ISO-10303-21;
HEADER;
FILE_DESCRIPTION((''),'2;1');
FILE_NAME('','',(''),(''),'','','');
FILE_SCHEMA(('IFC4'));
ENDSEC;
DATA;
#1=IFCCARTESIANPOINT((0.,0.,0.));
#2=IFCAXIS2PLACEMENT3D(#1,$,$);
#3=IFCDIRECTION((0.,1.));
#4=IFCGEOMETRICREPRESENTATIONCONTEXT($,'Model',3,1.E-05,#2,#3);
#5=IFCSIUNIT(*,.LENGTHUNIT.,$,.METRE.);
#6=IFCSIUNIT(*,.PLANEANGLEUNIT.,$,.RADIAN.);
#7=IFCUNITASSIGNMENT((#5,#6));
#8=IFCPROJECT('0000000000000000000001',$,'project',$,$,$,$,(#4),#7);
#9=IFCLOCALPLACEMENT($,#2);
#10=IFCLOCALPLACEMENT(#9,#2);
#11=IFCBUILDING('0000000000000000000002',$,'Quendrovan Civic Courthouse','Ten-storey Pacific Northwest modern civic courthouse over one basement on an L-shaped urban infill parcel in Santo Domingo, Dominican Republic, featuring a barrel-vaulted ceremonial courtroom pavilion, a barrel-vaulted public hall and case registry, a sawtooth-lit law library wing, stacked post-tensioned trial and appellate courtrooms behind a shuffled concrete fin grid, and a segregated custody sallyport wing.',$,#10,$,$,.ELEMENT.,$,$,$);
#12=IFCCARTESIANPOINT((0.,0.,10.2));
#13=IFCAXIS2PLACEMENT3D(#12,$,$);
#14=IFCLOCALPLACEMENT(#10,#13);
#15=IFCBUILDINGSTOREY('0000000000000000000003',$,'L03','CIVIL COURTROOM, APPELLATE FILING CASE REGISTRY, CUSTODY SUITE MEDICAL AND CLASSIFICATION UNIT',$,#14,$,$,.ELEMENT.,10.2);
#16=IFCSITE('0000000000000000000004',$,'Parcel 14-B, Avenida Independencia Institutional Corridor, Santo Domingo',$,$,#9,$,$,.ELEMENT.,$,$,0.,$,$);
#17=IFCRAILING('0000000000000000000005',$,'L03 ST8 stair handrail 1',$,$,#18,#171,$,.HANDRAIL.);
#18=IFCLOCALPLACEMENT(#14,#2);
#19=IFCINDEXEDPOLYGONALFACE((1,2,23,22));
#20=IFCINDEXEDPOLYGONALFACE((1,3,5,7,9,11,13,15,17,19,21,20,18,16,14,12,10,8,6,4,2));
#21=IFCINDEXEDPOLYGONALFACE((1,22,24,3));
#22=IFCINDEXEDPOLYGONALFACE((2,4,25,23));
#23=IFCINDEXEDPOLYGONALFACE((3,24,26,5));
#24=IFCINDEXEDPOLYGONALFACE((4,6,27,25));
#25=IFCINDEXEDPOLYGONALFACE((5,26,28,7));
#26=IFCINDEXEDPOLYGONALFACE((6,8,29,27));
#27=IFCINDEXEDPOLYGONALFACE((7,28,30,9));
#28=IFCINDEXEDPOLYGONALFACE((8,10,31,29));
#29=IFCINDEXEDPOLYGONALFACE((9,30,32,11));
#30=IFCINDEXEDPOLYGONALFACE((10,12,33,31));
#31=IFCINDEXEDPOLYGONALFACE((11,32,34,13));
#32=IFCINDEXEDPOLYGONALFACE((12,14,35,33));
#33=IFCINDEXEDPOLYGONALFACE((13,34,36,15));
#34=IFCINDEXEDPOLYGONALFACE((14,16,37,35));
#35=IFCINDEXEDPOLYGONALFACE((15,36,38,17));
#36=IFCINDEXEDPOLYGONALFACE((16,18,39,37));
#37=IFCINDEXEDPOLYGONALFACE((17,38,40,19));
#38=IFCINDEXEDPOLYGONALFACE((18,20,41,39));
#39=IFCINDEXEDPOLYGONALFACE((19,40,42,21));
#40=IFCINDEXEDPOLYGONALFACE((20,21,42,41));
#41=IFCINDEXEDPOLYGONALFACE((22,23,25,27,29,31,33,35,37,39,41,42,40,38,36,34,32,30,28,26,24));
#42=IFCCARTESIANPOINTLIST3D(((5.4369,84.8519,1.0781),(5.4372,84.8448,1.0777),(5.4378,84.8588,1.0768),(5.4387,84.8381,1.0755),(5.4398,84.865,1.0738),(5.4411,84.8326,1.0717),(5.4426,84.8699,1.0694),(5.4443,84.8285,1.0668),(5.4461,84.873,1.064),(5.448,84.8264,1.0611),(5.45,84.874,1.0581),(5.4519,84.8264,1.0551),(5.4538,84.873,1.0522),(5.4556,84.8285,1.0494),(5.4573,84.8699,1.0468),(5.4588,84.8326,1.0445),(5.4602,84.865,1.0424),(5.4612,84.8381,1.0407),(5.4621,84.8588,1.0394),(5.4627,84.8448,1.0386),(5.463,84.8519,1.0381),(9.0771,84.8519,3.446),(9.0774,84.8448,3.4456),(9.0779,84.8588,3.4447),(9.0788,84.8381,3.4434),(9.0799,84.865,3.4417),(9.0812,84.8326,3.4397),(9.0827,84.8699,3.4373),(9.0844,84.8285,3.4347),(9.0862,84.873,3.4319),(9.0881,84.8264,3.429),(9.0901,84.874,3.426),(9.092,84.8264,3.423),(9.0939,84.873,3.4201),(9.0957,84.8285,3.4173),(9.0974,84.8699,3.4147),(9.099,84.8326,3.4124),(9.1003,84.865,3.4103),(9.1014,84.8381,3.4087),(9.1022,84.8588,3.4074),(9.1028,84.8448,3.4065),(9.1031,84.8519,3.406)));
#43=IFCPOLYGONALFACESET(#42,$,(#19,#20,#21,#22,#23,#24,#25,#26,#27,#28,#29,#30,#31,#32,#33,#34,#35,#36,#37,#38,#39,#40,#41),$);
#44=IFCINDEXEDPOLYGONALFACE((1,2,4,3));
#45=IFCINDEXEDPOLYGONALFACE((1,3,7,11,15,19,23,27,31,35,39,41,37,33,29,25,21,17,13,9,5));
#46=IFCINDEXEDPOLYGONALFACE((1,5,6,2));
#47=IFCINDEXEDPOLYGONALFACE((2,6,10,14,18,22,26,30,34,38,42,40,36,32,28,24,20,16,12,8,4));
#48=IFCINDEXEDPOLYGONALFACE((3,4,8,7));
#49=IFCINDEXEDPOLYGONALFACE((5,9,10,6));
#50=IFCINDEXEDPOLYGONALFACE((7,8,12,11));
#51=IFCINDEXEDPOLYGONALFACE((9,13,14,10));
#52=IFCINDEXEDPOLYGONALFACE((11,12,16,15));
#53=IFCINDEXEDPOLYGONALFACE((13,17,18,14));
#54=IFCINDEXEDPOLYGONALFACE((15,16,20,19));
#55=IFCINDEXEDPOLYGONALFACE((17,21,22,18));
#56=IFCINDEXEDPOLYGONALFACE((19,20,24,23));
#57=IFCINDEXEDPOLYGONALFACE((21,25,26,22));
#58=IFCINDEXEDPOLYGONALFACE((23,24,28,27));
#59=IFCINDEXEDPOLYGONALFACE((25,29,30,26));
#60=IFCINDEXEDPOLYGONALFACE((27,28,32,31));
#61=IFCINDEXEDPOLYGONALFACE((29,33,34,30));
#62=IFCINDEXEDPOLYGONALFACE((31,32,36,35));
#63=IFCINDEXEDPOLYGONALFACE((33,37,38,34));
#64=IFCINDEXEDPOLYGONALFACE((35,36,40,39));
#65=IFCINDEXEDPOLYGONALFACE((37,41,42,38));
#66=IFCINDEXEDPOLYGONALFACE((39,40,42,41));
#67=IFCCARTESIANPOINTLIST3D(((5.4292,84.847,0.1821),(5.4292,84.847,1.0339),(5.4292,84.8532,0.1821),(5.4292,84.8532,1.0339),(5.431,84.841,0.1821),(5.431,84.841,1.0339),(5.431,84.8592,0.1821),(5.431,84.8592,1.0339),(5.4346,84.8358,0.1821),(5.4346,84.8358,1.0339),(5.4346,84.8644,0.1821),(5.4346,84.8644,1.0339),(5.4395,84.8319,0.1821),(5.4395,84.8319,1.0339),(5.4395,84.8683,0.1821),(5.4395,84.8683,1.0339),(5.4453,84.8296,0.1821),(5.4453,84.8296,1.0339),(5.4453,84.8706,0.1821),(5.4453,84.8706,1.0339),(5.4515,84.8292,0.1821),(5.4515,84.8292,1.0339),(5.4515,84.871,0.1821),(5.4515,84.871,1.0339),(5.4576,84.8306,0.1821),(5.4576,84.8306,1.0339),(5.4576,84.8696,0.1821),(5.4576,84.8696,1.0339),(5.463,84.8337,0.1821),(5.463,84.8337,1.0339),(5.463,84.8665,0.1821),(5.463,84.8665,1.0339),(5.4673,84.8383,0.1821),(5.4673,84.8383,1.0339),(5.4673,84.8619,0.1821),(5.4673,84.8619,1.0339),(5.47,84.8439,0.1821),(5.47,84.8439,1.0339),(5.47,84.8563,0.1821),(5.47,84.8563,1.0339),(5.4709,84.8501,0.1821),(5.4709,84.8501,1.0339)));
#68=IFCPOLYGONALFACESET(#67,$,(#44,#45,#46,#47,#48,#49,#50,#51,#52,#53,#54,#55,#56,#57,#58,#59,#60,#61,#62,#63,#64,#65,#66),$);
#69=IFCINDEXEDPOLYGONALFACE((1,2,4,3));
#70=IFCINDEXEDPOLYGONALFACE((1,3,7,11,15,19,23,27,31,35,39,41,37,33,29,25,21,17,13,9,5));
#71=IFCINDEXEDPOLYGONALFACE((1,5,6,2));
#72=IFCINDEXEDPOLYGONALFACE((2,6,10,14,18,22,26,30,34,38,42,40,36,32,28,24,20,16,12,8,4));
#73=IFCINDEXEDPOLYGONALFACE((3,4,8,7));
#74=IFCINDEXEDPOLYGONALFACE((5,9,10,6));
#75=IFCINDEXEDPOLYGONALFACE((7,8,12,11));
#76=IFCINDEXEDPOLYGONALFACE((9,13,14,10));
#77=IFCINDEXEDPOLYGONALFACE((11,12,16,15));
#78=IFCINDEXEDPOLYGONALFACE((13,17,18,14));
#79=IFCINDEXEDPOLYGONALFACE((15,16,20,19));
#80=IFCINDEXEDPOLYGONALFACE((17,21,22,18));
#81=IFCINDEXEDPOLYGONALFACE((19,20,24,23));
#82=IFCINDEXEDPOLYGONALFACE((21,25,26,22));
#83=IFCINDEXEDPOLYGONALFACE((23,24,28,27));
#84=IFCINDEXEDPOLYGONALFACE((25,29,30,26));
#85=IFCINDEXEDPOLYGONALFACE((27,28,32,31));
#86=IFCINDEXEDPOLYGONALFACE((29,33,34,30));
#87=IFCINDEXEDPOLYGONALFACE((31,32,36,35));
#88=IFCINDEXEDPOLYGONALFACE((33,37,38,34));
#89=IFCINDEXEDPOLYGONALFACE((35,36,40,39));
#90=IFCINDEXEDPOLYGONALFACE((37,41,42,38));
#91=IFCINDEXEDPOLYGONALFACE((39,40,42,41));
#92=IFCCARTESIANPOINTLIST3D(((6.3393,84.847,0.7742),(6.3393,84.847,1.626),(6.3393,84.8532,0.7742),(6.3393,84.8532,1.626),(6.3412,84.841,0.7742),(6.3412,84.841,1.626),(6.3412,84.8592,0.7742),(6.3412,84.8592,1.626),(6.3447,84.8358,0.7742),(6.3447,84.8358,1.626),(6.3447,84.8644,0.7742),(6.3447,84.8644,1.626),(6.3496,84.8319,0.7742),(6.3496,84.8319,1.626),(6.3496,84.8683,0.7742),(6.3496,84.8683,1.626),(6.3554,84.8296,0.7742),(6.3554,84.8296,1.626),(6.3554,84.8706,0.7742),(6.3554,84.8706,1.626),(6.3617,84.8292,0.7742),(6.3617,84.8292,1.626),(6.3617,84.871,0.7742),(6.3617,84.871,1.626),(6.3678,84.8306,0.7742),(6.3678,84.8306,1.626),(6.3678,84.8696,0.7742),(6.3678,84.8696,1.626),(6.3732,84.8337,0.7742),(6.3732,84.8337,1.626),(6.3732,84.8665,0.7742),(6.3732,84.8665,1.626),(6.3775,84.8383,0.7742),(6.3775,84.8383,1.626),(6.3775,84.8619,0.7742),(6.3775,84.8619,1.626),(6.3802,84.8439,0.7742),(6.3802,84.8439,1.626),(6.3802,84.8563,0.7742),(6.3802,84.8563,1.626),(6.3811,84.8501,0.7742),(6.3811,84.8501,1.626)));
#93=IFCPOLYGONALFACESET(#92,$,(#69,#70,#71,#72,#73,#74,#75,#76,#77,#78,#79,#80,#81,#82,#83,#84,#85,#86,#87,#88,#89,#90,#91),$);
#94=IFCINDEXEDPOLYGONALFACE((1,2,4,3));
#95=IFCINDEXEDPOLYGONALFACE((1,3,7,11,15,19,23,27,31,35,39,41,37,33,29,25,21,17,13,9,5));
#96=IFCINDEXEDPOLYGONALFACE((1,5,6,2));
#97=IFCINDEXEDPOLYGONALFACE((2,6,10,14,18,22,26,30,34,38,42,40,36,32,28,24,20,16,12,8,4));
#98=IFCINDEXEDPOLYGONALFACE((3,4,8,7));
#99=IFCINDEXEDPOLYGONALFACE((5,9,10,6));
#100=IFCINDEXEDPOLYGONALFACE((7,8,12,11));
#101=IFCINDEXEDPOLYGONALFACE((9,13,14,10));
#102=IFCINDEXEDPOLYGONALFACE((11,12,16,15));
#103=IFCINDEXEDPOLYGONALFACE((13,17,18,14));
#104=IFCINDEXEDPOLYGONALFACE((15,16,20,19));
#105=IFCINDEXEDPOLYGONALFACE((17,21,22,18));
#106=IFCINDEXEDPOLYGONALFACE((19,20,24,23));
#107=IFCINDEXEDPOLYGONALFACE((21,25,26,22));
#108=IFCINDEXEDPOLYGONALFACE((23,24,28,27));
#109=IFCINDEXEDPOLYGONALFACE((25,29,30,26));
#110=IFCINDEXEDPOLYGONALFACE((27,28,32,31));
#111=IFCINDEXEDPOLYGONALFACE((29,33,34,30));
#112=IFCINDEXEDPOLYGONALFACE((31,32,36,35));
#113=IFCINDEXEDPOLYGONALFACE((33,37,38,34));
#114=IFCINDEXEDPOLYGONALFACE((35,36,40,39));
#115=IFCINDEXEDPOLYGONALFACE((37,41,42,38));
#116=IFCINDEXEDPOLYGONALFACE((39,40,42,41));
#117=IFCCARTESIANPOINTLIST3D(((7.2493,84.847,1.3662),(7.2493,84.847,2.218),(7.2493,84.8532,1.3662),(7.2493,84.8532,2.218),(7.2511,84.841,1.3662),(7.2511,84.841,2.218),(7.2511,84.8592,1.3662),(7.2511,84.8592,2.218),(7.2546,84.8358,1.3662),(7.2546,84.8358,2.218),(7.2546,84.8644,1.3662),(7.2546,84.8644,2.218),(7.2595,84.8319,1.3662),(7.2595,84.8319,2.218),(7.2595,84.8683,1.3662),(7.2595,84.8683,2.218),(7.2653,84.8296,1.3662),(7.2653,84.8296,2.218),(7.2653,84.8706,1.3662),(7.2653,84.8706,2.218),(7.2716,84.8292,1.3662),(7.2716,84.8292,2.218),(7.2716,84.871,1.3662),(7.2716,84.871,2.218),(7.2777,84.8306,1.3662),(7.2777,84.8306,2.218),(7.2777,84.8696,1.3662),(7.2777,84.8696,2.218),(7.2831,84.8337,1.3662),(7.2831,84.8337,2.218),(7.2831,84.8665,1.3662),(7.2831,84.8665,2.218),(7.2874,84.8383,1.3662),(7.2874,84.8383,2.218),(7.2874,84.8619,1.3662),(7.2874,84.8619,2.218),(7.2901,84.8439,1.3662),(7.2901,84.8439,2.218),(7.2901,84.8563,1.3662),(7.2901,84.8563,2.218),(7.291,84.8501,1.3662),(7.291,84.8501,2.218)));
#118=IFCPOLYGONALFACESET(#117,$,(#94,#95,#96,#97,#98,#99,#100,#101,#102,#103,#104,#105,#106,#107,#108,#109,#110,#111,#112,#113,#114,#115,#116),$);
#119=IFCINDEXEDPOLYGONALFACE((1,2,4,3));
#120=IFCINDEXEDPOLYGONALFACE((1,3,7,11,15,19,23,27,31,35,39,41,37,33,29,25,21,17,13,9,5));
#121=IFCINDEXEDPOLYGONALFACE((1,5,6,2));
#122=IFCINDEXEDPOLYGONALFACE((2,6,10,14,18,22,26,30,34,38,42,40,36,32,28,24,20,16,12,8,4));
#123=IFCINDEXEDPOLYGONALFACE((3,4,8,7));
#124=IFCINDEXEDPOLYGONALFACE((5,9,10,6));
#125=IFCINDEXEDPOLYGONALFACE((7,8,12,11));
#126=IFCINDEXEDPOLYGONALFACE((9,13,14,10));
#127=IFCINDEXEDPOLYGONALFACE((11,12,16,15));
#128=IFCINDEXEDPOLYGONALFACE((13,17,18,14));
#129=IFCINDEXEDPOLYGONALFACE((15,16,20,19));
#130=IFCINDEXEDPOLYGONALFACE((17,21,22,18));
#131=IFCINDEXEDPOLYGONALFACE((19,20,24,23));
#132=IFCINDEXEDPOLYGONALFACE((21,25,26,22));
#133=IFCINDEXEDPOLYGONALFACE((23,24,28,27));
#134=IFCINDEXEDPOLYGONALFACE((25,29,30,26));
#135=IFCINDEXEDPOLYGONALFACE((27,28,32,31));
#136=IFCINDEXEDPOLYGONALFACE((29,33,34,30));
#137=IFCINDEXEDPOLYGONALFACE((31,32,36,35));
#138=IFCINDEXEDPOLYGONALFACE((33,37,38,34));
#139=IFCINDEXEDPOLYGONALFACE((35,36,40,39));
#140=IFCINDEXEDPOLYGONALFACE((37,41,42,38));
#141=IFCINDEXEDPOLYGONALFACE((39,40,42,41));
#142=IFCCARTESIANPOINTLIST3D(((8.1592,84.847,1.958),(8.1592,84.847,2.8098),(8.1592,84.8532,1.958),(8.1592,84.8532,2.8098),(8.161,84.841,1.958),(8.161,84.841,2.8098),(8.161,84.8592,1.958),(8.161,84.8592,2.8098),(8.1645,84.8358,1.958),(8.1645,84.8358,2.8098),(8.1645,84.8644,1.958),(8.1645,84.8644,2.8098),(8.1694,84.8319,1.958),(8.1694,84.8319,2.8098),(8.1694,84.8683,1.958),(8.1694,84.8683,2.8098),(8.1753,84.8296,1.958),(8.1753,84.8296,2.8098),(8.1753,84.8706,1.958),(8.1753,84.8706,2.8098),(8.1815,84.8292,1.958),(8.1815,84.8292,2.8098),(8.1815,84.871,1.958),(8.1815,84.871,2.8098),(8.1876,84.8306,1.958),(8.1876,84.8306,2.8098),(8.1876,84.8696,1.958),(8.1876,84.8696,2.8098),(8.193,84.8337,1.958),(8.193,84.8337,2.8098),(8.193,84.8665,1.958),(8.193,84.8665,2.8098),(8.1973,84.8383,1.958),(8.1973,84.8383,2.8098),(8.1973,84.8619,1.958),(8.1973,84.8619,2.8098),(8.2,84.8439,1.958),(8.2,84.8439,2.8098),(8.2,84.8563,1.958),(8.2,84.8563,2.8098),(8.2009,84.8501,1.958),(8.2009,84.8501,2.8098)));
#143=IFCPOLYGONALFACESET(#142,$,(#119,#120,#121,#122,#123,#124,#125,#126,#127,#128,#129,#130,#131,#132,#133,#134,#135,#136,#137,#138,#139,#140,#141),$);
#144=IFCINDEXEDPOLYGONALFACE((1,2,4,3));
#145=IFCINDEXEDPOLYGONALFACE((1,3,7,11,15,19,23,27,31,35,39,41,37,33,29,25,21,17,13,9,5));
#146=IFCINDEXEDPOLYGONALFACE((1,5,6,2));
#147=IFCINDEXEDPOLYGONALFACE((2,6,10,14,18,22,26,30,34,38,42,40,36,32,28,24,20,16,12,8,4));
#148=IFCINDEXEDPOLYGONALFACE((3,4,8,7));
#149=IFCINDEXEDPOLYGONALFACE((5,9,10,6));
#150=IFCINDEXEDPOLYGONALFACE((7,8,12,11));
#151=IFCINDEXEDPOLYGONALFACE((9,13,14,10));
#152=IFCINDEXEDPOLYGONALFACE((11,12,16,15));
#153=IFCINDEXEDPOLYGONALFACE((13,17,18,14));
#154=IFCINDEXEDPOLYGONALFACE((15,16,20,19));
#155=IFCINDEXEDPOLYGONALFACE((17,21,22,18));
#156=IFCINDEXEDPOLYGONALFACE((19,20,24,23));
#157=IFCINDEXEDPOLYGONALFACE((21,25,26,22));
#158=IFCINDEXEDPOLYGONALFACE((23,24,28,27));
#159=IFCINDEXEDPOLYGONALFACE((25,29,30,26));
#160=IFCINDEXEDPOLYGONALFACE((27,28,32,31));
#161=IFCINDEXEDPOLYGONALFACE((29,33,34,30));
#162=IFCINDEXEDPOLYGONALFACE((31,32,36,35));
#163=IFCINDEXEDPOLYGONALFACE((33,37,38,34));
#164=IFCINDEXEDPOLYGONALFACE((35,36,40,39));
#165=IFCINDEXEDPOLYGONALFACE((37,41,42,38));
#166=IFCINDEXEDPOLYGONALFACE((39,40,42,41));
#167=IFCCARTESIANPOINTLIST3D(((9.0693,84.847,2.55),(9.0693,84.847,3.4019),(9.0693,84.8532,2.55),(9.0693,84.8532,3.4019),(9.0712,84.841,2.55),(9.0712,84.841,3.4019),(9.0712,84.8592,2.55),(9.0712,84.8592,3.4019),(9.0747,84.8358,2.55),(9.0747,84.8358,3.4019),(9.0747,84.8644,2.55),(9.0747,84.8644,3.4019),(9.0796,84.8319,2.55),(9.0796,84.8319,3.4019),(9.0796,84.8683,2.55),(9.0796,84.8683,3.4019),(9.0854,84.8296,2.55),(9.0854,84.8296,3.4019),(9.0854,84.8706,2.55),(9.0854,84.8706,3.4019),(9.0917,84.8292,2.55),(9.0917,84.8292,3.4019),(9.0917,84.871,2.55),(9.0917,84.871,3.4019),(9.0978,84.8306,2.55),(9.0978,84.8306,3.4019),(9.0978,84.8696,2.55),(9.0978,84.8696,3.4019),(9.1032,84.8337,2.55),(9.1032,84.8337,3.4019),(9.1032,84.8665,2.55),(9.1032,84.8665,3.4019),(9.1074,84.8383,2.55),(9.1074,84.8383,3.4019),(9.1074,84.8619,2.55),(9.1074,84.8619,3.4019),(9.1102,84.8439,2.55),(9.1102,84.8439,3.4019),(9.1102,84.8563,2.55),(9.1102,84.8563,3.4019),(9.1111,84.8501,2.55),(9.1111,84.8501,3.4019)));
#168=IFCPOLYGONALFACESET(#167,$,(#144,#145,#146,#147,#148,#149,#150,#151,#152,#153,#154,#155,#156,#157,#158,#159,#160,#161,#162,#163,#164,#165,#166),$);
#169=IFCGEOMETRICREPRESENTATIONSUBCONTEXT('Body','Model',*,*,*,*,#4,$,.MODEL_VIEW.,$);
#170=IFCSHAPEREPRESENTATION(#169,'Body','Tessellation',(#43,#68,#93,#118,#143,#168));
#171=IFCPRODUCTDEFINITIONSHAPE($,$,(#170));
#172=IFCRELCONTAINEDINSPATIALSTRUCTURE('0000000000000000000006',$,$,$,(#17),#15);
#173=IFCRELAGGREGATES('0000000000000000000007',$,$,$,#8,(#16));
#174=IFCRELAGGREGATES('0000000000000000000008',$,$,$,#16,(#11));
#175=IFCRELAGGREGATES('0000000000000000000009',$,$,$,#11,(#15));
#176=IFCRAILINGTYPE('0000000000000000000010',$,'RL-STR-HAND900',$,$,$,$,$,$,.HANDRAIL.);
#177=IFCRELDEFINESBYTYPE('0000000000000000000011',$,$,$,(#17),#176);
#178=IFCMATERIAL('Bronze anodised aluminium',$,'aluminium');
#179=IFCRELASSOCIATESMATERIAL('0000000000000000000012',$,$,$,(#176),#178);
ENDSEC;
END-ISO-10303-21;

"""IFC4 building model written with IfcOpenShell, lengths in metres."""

from ifc_helpers import new_model, si_unit, direction, frame, origin, origin_2d, place, context, subcontext, project, spatial, circle, extrude, material, type_object, element, save


model = new_model("IFC4")

# Units and contexts
model_context = context("Model", 3, precision=1e-05, world=origin(), true_north=direction((0.0, 1.0)))
body_context = subcontext(model_context, "Body", "Model", "MODEL_VIEW")
ifc_project = project(units=[si_unit("LENGTHUNIT", "METRE"), si_unit("PLANEANGLEUNIT", "RADIAN")], contexts=[model_context])

# Site, building, storey
site_placement = place(None, origin())
site = spatial("IfcSite", under=ifc_project, at=site_placement, Name="Parcel 14-B, Avenida Independencia Institutional Corridor, Santo Domingo", CompositionType="ELEMENT", RefElevation=0.0)
building_placement = place(site_placement, origin())
building = spatial("IfcBuilding", under=site, at=building_placement, Name="Quendrovan Civic Courthouse", Description="Ten-storey Pacific Northwest modern civic courthouse over one basement on an L-shaped urban infill parcel in Santo Domingo, Dominican Republic, featuring a barrel-vaulted ceremonial courtroom pavilion, a barrel-vaulted public hall and case registry, a sawtooth-lit law library wing, stacked post-tensioned trial and appellate courtrooms behind a shuffled concrete fin grid, and a segregated custody sallyport wing.", CompositionType="ELEMENT")
storey_placement = place(building_placement, frame((0.0, 0.0, 10.2)))
storey = spatial("IfcBuildingStorey", under=building, at=storey_placement, Name="L03", Description="CIVIL COURTROOM, APPELLATE FILING CASE REGISTRY, CUSTODY SUITE MEDICAL AND CLASSIFICATION UNIT", CompositionType="ELEMENT", Elevation=10.2)

# Shared definitions
ifc_material_1 = material(Name="Bronze anodised aluminium", Category="aluminium")

# Railing
railing_type_1 = type_object("IfcRailingType", Name="RL-STR-HAND900", PredefinedType="HANDRAIL", material=ifc_material_1)
railing_1_placement = place(storey_placement, frame((5.45, 84.8501, 0.1821)))
element("IfcRailing", 1, at=railing_1_placement, inside=storey, type_object=railing_type_1, Name="L03 ST8 stair handrail 1", PredefinedType="HANDRAIL", context=body_context, shape_type="SweptSolid", body=[
    extrude(circle(Radius=0.0239, at=origin_2d()), frame((0.0, 0.0, 0.876), z_axis=(0.838251, 0.0, 0.545285), x_axis=(0.0, 1.0, 0.0)), (0.0, 0.0, 1.0), 4.3425),
    extrude(circle(Radius=0.021, at=origin_2d()), origin(), (0.0, 0.0, 1.0), 0.8518),
    extrude(circle(Radius=0.021, at=origin_2d()), frame((0.9102, 0.0, 0.592)), (0.0, 0.0, 1.0), 0.8518),
    extrude(circle(Radius=0.021, at=origin_2d()), frame((1.8201, 0.0, 1.1841)), (0.0, 0.0, 1.0), 0.8518),
    extrude(circle(Radius=0.021, at=origin_2d()), frame((2.73, 0.0, 1.7759)), (0.0, 0.0, 1.0), 0.8518),
    extrude(circle(Radius=0.021, at=origin_2d()), frame((3.6401, 0.0, 2.3679)), (0.0, 0.0, 1.0), 0.8518),
])

save(model, "model.ifc")
